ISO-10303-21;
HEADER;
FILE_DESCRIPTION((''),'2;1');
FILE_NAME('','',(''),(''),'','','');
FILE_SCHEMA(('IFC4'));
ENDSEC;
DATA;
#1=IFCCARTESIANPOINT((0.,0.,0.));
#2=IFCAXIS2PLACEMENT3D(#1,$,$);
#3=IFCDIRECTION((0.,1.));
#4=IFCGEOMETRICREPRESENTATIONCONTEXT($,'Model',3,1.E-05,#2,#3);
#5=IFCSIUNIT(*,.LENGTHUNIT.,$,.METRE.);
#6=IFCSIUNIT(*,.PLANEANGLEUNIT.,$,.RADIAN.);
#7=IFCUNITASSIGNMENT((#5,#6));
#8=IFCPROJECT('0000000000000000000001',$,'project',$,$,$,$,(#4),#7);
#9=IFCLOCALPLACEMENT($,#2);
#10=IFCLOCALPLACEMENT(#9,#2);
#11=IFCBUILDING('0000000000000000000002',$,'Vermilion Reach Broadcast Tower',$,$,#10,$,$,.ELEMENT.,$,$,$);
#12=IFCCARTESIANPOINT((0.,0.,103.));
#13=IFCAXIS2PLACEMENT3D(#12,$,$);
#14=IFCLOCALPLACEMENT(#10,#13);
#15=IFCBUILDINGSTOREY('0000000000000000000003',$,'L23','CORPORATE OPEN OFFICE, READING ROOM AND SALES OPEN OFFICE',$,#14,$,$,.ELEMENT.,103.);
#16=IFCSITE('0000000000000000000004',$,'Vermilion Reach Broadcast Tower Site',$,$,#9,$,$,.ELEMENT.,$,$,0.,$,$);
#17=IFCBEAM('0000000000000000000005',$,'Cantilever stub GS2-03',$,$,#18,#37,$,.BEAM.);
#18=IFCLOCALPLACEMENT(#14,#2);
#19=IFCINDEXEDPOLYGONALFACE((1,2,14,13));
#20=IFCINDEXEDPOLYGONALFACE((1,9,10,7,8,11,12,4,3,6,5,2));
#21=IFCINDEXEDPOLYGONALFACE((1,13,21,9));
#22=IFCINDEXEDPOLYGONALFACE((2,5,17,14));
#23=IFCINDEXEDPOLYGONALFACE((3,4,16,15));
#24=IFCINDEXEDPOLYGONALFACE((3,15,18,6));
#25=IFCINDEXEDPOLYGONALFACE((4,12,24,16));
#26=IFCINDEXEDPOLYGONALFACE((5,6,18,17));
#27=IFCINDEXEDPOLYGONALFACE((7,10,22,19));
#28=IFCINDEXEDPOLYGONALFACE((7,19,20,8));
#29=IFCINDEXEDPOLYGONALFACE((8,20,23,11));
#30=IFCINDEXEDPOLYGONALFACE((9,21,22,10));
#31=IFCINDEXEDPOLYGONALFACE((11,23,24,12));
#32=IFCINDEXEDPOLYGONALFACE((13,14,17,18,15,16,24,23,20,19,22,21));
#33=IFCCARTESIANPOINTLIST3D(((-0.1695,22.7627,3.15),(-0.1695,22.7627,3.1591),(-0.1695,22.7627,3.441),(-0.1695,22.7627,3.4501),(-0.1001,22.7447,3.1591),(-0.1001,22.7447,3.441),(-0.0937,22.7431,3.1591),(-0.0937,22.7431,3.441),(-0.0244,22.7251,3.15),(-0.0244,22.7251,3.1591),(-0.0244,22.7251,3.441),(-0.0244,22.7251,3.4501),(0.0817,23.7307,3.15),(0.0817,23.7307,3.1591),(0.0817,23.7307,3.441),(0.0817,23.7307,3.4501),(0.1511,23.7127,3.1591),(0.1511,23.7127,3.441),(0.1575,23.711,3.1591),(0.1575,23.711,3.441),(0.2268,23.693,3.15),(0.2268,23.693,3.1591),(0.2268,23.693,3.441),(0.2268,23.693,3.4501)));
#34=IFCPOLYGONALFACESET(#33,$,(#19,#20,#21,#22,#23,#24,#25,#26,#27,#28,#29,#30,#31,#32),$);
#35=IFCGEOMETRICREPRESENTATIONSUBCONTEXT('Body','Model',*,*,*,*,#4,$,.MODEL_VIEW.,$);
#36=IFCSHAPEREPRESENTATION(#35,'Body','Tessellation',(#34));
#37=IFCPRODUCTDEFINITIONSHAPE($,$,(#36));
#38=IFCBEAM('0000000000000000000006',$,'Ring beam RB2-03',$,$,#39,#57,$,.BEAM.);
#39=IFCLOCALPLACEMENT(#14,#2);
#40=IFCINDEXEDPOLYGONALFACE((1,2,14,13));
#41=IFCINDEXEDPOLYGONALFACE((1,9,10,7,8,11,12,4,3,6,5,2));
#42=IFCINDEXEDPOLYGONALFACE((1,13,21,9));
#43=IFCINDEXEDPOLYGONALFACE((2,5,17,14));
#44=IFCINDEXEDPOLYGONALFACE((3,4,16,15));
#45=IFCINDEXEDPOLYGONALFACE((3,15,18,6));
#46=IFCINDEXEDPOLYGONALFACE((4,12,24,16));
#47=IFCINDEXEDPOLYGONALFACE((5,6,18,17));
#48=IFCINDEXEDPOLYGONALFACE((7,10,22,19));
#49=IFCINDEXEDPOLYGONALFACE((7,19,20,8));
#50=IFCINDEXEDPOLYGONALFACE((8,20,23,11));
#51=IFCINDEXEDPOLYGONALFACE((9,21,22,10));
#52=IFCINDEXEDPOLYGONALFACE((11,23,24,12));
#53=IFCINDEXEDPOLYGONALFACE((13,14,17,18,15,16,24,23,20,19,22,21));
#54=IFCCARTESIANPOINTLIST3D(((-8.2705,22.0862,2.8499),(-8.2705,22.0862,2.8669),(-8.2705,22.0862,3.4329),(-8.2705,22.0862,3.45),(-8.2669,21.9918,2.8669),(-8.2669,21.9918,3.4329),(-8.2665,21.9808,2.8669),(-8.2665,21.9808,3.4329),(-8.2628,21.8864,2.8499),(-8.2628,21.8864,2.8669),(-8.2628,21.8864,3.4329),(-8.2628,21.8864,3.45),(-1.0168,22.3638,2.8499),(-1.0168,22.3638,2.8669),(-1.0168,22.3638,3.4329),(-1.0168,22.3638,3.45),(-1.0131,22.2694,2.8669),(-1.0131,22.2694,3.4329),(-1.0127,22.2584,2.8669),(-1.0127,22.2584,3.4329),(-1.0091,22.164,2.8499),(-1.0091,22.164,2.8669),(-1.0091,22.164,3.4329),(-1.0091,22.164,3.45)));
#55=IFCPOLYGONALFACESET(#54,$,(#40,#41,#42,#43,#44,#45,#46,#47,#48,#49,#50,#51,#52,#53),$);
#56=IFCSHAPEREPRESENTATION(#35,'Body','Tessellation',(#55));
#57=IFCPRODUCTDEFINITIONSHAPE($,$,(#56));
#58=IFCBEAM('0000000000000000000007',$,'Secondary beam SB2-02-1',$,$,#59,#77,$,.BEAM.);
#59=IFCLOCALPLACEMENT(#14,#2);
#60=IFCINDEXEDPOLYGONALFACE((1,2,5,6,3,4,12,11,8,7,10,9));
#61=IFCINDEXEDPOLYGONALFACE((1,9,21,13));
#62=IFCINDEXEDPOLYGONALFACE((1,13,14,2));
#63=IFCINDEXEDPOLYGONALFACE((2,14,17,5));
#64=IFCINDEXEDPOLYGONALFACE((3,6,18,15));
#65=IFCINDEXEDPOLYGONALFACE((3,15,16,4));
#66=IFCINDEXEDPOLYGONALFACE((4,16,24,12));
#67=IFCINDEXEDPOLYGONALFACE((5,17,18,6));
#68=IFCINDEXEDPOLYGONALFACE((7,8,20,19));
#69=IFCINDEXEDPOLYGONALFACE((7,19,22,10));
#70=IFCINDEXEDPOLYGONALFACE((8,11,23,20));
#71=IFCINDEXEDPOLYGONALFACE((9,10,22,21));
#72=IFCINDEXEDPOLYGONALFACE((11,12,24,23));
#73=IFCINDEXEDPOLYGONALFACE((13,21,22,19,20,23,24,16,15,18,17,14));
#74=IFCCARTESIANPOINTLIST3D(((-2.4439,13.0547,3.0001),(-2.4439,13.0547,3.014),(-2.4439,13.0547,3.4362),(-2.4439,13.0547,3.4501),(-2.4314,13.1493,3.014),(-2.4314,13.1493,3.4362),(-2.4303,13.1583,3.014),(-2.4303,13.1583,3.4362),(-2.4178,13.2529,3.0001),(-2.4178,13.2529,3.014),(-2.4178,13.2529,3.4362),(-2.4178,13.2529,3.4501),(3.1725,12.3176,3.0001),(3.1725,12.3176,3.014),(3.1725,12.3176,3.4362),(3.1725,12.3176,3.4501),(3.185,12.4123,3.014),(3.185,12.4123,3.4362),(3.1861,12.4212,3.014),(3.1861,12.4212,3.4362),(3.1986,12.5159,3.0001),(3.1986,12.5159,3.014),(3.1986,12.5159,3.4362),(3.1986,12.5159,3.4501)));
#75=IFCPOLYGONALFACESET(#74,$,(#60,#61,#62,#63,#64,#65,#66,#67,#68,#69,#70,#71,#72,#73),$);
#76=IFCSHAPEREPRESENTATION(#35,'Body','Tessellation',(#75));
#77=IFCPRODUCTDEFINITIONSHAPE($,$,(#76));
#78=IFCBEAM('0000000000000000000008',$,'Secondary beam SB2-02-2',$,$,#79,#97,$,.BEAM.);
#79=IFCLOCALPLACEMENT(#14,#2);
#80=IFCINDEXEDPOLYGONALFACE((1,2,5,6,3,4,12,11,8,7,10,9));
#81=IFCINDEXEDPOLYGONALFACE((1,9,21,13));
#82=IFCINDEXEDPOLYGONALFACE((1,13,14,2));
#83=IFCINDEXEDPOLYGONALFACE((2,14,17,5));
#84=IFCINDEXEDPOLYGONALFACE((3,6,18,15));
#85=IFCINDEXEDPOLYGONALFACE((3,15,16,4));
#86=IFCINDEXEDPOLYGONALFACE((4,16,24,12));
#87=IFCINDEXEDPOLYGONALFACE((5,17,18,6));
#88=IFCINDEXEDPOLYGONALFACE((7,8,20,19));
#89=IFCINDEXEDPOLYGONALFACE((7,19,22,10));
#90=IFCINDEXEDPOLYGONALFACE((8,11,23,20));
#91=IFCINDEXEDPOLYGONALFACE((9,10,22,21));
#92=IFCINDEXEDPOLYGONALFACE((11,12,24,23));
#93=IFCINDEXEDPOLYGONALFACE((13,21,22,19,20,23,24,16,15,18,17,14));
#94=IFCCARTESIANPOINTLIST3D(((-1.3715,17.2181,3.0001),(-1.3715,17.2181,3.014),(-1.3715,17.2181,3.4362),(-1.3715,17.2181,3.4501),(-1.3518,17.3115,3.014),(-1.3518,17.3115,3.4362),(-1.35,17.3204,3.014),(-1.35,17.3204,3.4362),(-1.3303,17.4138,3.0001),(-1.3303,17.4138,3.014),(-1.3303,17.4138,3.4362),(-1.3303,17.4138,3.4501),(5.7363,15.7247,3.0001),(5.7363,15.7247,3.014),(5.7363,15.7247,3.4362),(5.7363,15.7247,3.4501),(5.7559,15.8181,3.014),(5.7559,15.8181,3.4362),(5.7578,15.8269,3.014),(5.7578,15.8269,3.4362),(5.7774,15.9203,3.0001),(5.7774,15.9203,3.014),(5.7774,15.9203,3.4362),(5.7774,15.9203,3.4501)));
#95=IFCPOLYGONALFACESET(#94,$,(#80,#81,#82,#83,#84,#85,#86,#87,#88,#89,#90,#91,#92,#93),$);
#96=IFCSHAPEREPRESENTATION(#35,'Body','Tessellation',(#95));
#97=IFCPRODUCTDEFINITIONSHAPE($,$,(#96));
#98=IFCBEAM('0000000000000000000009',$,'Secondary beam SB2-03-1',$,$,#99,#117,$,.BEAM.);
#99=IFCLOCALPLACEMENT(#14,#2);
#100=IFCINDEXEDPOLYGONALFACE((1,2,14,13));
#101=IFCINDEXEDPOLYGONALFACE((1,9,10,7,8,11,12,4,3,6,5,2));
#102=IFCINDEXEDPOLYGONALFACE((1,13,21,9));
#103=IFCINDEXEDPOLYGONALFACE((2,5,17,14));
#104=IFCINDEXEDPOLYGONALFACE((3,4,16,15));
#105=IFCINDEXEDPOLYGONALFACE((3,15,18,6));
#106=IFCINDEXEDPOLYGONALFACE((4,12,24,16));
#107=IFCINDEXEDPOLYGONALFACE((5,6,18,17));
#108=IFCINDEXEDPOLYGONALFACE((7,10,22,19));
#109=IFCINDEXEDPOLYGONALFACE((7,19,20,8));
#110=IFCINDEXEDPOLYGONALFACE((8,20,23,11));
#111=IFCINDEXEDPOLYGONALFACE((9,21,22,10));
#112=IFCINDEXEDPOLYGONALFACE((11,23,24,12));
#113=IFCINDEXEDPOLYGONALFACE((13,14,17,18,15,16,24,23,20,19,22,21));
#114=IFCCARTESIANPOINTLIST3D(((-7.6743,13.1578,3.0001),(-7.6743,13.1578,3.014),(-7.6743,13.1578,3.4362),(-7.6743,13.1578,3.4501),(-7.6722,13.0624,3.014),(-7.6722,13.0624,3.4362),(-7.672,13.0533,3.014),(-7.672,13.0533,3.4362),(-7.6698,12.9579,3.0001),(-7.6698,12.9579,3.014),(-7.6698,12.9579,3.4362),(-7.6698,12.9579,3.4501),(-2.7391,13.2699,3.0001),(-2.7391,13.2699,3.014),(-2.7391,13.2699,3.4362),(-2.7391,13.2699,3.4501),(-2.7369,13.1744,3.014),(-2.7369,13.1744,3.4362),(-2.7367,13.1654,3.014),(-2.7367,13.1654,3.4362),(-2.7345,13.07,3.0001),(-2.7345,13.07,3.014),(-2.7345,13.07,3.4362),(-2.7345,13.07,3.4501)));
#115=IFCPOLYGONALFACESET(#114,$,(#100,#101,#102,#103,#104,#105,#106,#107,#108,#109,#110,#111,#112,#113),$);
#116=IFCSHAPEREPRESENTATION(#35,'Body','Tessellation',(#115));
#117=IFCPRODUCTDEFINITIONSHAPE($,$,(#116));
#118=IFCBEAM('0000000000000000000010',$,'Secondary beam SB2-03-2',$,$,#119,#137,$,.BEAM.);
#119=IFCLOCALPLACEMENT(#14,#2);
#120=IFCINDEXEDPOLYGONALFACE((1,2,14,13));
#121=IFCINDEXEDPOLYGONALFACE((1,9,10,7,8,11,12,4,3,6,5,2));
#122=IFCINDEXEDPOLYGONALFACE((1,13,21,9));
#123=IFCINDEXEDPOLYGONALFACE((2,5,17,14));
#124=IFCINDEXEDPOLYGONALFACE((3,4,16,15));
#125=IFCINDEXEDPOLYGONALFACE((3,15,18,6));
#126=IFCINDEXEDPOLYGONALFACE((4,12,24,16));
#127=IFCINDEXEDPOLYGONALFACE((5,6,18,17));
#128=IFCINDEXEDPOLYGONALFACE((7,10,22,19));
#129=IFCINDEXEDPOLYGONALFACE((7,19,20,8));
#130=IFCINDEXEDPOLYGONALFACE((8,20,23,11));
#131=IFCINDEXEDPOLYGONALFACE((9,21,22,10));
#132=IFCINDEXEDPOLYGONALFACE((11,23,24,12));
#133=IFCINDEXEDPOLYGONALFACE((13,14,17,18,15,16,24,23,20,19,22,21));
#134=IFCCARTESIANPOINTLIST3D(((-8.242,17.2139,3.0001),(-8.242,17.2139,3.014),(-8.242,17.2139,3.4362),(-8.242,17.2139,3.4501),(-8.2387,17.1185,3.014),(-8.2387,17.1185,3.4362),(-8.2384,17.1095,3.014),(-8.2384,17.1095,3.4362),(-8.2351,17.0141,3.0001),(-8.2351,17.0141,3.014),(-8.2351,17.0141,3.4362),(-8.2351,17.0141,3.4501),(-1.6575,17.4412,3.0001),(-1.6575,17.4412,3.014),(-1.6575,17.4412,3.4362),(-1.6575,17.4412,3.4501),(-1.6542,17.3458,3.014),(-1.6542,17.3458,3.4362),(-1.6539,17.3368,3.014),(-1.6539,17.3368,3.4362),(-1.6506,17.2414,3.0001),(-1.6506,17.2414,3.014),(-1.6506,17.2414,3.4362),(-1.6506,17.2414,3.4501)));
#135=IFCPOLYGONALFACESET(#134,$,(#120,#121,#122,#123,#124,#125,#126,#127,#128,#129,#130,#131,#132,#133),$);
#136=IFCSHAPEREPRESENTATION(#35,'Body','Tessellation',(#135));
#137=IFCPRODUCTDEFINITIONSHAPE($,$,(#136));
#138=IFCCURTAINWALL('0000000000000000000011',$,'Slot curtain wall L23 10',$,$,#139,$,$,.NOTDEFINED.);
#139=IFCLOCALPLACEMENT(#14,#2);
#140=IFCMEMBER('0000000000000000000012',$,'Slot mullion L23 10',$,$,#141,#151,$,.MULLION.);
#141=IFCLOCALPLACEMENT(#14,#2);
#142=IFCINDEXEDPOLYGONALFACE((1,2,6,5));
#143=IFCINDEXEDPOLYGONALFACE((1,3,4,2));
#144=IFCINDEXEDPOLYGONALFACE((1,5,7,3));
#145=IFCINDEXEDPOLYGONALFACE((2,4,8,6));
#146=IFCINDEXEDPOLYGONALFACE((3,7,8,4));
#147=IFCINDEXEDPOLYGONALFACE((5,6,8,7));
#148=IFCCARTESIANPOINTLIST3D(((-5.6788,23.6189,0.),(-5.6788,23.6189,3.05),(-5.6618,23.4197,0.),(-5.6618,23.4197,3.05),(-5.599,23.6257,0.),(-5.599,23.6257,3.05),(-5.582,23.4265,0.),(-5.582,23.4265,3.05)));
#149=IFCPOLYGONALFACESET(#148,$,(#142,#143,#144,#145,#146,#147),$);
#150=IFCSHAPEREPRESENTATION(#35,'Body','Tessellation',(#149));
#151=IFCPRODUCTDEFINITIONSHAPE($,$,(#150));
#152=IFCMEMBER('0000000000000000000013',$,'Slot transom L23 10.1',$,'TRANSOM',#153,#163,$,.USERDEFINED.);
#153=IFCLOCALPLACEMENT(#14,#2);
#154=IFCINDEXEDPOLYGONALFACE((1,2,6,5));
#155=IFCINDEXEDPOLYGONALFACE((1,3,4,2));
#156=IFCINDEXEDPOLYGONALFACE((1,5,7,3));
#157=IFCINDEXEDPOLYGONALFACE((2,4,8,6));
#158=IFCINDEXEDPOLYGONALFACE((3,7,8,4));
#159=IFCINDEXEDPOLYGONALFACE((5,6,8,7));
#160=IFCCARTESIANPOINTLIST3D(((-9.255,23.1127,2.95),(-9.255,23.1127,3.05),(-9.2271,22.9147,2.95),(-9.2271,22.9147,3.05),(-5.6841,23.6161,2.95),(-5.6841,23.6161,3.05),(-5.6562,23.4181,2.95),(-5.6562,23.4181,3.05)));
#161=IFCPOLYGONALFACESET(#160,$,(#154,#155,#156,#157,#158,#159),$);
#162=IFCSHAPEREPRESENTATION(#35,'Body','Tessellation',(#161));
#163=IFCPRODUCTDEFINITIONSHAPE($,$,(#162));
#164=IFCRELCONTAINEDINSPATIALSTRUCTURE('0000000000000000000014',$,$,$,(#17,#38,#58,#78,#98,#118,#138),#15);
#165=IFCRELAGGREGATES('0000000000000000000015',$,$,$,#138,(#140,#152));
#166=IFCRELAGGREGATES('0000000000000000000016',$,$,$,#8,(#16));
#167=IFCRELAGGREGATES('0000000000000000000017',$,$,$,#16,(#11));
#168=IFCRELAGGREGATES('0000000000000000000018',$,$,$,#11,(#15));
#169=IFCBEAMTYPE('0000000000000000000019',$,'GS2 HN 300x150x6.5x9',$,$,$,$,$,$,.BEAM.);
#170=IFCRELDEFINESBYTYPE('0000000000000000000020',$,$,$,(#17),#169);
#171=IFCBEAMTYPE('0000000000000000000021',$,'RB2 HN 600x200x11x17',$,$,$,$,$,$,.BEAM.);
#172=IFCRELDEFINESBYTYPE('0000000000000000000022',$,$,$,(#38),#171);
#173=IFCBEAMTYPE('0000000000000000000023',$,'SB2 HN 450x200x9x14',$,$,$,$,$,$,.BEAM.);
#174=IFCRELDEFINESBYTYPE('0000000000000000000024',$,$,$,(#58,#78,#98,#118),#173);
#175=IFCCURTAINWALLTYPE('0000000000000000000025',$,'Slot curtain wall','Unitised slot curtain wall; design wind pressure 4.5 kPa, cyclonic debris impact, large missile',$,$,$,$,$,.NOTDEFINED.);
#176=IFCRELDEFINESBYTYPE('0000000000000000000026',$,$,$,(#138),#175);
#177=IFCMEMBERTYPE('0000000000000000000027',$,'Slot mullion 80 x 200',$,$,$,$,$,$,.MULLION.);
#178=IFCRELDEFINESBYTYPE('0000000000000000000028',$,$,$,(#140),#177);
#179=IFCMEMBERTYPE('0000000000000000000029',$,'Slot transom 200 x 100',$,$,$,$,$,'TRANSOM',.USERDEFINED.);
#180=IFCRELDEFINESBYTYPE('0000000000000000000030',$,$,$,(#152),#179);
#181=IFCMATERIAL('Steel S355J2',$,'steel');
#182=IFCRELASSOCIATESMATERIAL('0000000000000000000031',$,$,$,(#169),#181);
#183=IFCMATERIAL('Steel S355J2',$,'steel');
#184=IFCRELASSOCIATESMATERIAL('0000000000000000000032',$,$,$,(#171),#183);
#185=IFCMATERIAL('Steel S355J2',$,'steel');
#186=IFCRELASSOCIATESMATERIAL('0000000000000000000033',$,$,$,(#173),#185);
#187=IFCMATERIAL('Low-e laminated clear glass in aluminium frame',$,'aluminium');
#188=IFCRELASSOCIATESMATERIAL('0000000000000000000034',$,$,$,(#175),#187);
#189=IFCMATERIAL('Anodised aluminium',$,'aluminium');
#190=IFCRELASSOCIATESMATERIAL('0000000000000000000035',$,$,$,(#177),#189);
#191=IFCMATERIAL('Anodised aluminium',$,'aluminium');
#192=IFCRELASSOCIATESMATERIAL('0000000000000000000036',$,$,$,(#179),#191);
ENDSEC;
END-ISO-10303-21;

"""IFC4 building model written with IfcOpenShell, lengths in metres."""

from ifc_helpers import new_model, si_unit, direction, frame, origin, origin_2d, place, context, subcontext, project, spatial, rectangle, i_section, extrude, material, material_profile, profile_set, type_object, element, aggregate, save


model = new_model("IFC4")

# Units and contexts
model_context = context("Model", 3, precision=1e-05, world=origin(), true_north=direction((0.0, 1.0)))
body_context = subcontext(model_context, "Body", "Model", "MODEL_VIEW")
ifc_project = project(units=[si_unit("LENGTHUNIT", "METRE"), si_unit("PLANEANGLEUNIT", "RADIAN")], contexts=[model_context])

# Site, building, storey
site_placement = place(None, origin())
site = spatial("IfcSite", under=ifc_project, at=site_placement, Name="Vermilion Reach Broadcast Tower Site", CompositionType="ELEMENT", RefElevation=0.0)
building_placement = place(site_placement, origin())
building = spatial("IfcBuilding", under=site, at=building_placement, Name="Vermilion Reach Broadcast Tower", CompositionType="ELEMENT")
storey_placement = place(building_placement, frame((0.0, 0.0, 103.0)))
storey = spatial("IfcBuildingStorey", under=building, at=storey_placement, Name="L23", Description="CORPORATE OPEN OFFICE, READING ROOM AND SALES OPEN OFFICE", CompositionType="ELEMENT", Elevation=103.0)

# Beams
ifc_material_1 = material(Name="Steel S355J2", Category="steel")
ifc_material_profile_1 = material_profile(ifc_material_1, i_section(OverallWidth=0.1499, OverallDepth=0.3, WebThickness=0.0066, FlangeThickness=0.009, at=origin_2d()), Name="S355J2 HN 300x150x6.5x9")
ifc_profile_set_1 = profile_set([ifc_material_profile_1], Name="Steel S355J2")
beam_type_1 = type_object("IfcBeamType", Name="GS2 HN 300x150x6.5x9", PredefinedType="BEAM", material=ifc_profile_set_1)
beam_1_placement = place(storey_placement, frame((-0.0969, 22.7439, 3.3), z_axis=(0.251199, 0.967935, 0.0), x_axis=(-0.967935, 0.251199, 0.0)))
element("IfcBeam", 1, at=beam_1_placement, inside=storey, type_object=beam_type_1, Name="Cantilever stub GS2-03", PredefinedType="BEAM", context=body_context, shape_type="SweptSolid", body=[
    extrude(i_section(OverallWidth=0.1499, OverallDepth=0.3, WebThickness=0.0066, FlangeThickness=0.009, at=origin_2d()), origin(), (0.0, 0.0, 1.0), 1.0),
])
ifc_material_2 = material(Name="Steel S355J2", Category="steel")
ifc_material_profile_2 = material_profile(ifc_material_2, i_section(OverallWidth=0.2, OverallDepth=0.6001, WebThickness=0.011, FlangeThickness=0.0171, at=origin_2d()), Name="S355J2 HN 600x200x11x17")
ifc_profile_set_2 = profile_set([ifc_material_profile_2], Name="Steel S355J2")
beam_type_2 = type_object("IfcBeamType", Name="RB2 HN 600x200x11x17", PredefinedType="BEAM", material=ifc_profile_set_2)
beam_2_placement = place(storey_placement, frame((-1.0129, 22.2639, 3.1499), z_axis=(-0.999269, -0.038241, 0.0), x_axis=(0.038241, -0.999269, 0.0)))
element("IfcBeam", 2, at=beam_2_placement, inside=storey, type_object=beam_type_2, Name="Ring beam RB2-03", PredefinedType="BEAM", context=body_context, shape_type="SweptSolid", body=[
    extrude(i_section(OverallWidth=0.2, OverallDepth=0.6001, WebThickness=0.011, FlangeThickness=0.0171, at=origin_2d()), origin(), (0.0, 0.0, 1.0), 7.259),
])
ifc_material_3 = material(Name="Steel S355J2", Category="steel")
ifc_material_profile_3 = material_profile(ifc_material_3, i_section(OverallWidth=0.2, OverallDepth=0.45, WebThickness=0.009, FlangeThickness=0.0139, at=origin_2d()), Name="S355J2 HN 450x200x9x14")
ifc_profile_set_3 = profile_set([ifc_material_profile_3], Name="Steel S355J2")
beam_type_3 = type_object("IfcBeamType", Name="SB2 HN 450x200x9x14", PredefinedType="BEAM", material=ifc_profile_set_3)
beam_3_placement = place(storey_placement, frame((3.1855, 12.4167, 3.2251), z_axis=(-0.991499, 0.130117, 0.0), x_axis=(-0.130117, -0.991499, 0.0)))
element("IfcBeam", 3, at=beam_3_placement, inside=storey, type_object=beam_type_3, Name="Secondary beam SB2-02-1", PredefinedType="BEAM", context=body_context, shape_type="SweptSolid", body=[
    extrude(i_section(OverallWidth=0.2, OverallDepth=0.45, WebThickness=0.009, FlangeThickness=0.0139, at=origin_2d()), origin(), (0.0, 0.0, 1.0), 5.6646),
])
beam_4_placement = place(storey_placement, frame((5.7568, 15.8225, 3.2251), z_axis=(-0.978631, 0.205623, 0.0), x_axis=(-0.205623, -0.978631, 0.0)))
element("IfcBeam", 4, at=beam_4_placement, inside=storey, type_object=beam_type_3, Name="Secondary beam SB2-02-2", PredefinedType="BEAM", context=body_context, shape_type="SweptSolid", body=[
    extrude(i_section(OverallWidth=0.2, OverallDepth=0.45, WebThickness=0.009, FlangeThickness=0.0139, at=origin_2d()), origin(), (0.0, 0.0, 1.0), 7.2629),
])
beam_5_placement = place(storey_placement, frame((-2.7368, 13.1699, 3.2251), z_axis=(-0.999742, -0.0227, 0.0), x_axis=(0.0227, -0.999742, 0.0)))
element("IfcBeam", 5, at=beam_5_placement, inside=storey, type_object=beam_type_3, Name="Secondary beam SB2-03-1", PredefinedType="BEAM", context=body_context, shape_type="SweptSolid", body=[
    extrude(i_section(OverallWidth=0.2, OverallDepth=0.45, WebThickness=0.009, FlangeThickness=0.0139, at=origin_2d()), origin(), (0.0, 0.0, 1.0), 4.9365),
])
beam_6_placement = place(storey_placement, frame((-1.6541, 17.3413, 3.2251), z_axis=(-0.999405, -0.034499, 0.0), x_axis=(0.034499, -0.999405, 0.0)))
element("IfcBeam", 6, at=beam_6_placement, inside=storey, type_object=beam_type_3, Name="Secondary beam SB2-03-2", PredefinedType="BEAM", context=body_context, shape_type="SweptSolid", body=[
    extrude(i_section(OverallWidth=0.2, OverallDepth=0.45, WebThickness=0.009, FlangeThickness=0.0139, at=origin_2d()), origin(), (0.0, 0.0, 1.0), 6.5884),
])

# Curtain wall, members
ifc_material_4 = material(Name="Low-e laminated clear glass in aluminium frame", Category="aluminium")
curtain_wall_type = type_object("IfcCurtainWallType", Name="Slot curtain wall", Description="Unitised slot curtain wall; design wind pressure 4.5 kPa, cyclonic debris impact, large missile", PredefinedType="NOTDEFINED", material=ifc_material_4)
curtain_wall_placement = place(storey_placement, origin())
curtain_wall = element("IfcCurtainWall", 7, at=curtain_wall_placement, inside=storey, type_object=curtain_wall_type, Name="Slot curtain wall L23 10", PredefinedType="NOTDEFINED")
ifc_material_5 = material(Name="Anodised aluminium", Category="aluminium")
ifc_material_profile_4 = material_profile(ifc_material_5, rectangle(XDim=0.2, YDim=0.0801, at=origin_2d()), Name="Slot mullion 80 x 200")
ifc_profile_set_4 = profile_set([ifc_material_profile_4], Name="Anodised aluminium")
member_type_1 = type_object("IfcMemberType", Name="Slot mullion 80 x 200", PredefinedType="MULLION", material=ifc_profile_set_4)
member_1_placement = place(storey_placement, frame((-5.6304, 23.5227, 0.0), z_axis=(0.0, 0.0, 1.0), x_axis=(0.085052, -0.996377, 0.0)))
member_1 = element("IfcMember", 8, at=member_1_placement, type_object=member_type_1, Name="Slot mullion L23 10", PredefinedType="MULLION", context=body_context, shape_type="SweptSolid", body=[
    extrude(rectangle(XDim=0.2, YDim=0.0801, at=origin_2d()), origin(), (0.0, 0.0, 1.0), 3.05),
])
ifc_material_6 = material(Name="Anodised aluminium", Category="aluminium")
ifc_material_profile_5 = material_profile(ifc_material_6, rectangle(XDim=0.2, YDim=0.1001, at=origin_2d()), Name="Slot transom 200 x 100")
ifc_profile_set_5 = profile_set([ifc_material_profile_5], Name="Anodised aluminium")
member_type_2 = type_object("IfcMemberType", Name="Slot transom 200 x 100", ElementType="TRANSOM", PredefinedType="USERDEFINED", material=ifc_profile_set_5)
member_2_placement = place(storey_placement, frame((-5.6702, 23.5171, 3.0), z_axis=(-0.990208, -0.139601, 0.0), x_axis=(0.139601, -0.990208, 0.0)))
member_2 = element("IfcMember", 9, at=member_2_placement, type_object=member_type_2, Name="Slot transom L23 10.1", ObjectType="TRANSOM", PredefinedType="USERDEFINED", context=body_context, shape_type="SweptSolid", body=[
    extrude(rectangle(XDim=0.2, YDim=0.1001, at=origin_2d()), origin(), (0.0, 0.0, 1.0), 3.6062),
])
aggregate(curtain_wall, [member_1, member_2])

save(model, "model.ifc")
